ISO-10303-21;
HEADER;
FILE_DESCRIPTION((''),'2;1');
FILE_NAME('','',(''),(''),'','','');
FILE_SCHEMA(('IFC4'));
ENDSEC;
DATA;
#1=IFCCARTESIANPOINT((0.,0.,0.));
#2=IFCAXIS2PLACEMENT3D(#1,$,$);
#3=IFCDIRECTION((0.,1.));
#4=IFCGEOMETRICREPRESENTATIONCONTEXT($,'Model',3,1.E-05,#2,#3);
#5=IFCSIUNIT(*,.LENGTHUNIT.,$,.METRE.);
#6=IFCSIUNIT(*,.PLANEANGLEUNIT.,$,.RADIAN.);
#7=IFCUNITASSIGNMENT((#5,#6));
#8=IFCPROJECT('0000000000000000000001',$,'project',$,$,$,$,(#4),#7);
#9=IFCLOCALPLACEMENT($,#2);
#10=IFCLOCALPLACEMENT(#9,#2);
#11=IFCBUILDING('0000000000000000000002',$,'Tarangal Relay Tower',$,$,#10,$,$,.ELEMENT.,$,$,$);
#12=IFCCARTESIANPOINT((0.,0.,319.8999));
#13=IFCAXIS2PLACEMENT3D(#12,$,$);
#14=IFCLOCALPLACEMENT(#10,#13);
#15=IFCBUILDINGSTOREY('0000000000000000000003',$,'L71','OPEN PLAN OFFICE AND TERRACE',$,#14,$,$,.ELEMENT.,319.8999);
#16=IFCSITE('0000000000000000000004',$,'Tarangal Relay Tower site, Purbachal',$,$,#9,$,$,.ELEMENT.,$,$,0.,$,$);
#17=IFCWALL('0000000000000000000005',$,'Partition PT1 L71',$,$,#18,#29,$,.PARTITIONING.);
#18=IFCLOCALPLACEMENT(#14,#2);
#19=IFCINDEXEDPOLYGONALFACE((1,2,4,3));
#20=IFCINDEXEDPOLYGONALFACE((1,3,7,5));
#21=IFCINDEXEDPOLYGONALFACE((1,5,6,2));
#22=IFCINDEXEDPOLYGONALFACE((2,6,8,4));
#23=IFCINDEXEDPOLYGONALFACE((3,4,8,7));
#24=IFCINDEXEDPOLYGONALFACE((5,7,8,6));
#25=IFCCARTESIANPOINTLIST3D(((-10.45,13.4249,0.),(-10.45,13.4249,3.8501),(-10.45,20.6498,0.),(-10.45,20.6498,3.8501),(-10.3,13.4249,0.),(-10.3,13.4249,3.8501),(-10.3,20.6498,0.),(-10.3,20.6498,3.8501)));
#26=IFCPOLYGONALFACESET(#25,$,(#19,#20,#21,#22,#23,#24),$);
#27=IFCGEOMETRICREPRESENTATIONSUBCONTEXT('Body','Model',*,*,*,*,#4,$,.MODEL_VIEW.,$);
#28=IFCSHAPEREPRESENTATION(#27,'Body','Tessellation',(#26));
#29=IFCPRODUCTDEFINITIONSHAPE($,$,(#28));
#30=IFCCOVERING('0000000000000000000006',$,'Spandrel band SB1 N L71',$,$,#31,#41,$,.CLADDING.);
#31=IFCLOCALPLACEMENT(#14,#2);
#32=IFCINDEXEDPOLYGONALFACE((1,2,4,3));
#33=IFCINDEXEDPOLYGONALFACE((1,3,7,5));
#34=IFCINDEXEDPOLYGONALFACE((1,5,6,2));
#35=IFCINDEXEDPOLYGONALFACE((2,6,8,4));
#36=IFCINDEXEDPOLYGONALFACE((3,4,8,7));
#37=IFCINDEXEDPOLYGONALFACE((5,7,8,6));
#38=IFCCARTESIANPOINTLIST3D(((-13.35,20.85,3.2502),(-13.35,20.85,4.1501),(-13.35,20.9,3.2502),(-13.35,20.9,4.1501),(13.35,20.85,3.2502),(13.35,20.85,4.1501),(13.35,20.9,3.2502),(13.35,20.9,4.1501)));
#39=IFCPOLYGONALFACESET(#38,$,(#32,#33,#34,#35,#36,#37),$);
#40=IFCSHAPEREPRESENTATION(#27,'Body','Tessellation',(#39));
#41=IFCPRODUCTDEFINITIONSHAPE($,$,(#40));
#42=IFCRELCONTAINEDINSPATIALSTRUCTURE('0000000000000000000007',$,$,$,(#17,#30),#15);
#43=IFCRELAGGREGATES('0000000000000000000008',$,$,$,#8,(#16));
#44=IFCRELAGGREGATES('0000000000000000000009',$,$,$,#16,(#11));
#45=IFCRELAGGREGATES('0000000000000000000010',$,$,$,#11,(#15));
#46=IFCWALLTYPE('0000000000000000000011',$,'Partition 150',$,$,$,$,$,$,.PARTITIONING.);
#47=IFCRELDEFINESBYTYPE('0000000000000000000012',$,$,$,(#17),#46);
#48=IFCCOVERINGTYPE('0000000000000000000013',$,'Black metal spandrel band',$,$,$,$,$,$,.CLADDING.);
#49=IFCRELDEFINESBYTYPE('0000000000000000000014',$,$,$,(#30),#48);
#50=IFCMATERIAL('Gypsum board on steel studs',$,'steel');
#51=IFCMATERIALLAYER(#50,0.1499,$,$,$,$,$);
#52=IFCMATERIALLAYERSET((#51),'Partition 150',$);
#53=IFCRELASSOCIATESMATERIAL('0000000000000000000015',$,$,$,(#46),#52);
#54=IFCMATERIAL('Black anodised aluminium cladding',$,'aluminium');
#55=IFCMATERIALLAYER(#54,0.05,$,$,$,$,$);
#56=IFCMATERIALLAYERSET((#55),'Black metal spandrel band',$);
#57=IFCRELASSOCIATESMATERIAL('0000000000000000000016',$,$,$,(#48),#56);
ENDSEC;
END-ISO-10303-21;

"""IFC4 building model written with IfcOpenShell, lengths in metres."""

from ifc_helpers import new_model, si_unit, direction, frame, frame_2d, origin, origin_2d, place, context, subcontext, project, spatial, rectangle, extrude, material, layer, layer_set, type_object, element, save


model = new_model("IFC4")

# Units and contexts
model_context = context("Model", 3, precision=1e-05, world=origin(), true_north=direction((0.0, 1.0)))
body_context = subcontext(model_context, "Body", "Model", "MODEL_VIEW")
ifc_project = project(units=[si_unit("LENGTHUNIT", "METRE"), si_unit("PLANEANGLEUNIT", "RADIAN")], contexts=[model_context])

# Site, building, storey
site_placement = place(None, origin())
site = spatial("IfcSite", under=ifc_project, at=site_placement, Name="Tarangal Relay Tower site, Purbachal", CompositionType="ELEMENT", RefElevation=0.0)
building_placement = place(site_placement, origin())
building = spatial("IfcBuilding", under=site, at=building_placement, Name="Tarangal Relay Tower", CompositionType="ELEMENT")
storey_placement = place(building_placement, frame((0.0, 0.0, 319.8999)))
storey = spatial("IfcBuildingStorey", under=building, at=storey_placement, Name="L71", Description="OPEN PLAN OFFICE AND TERRACE", CompositionType="ELEMENT", Elevation=319.8999)

# Shared definitions
ifc_material_1 = material(Name="Gypsum board on steel studs", Category="steel")
ifc_layer_1 = layer(ifc_material_1, 0.1499)
ifc_layer_set_1 = layer_set([ifc_layer_1], Name="Partition 150")
wall_type_1 = type_object("IfcWallType", Name="Partition 150", PredefinedType="PARTITIONING", material=ifc_layer_set_1)

# Wall
wall_1_placement = place(storey_placement, frame((-10.375, 13.425, 0.0), z_axis=(0.0, 0.0, 1.0), x_axis=(0.0, 1.0, 0.0)))
element("IfcWall", 1, at=wall_1_placement, inside=storey, type_object=wall_type_1, Name="Partition PT1 L71", PredefinedType="PARTITIONING", context=body_context, shape_type="SweptSolid", body=[
    extrude(rectangle(XDim=7.2249, YDim=0.1499, at=frame_2d((3.6123, 0.0))), origin(), (0.0, 0.0, 1.0), 3.8501),
])

# Covering
ifc_material_2 = material(Name="Black anodised aluminium cladding", Category="aluminium")
ifc_layer_2 = layer(ifc_material_2, 0.05)
ifc_layer_set_2 = layer_set([ifc_layer_2], Name="Black metal spandrel band")
covering_type = type_object("IfcCoveringType", Name="Black metal spandrel band", PredefinedType="CLADDING", material=ifc_layer_set_2)
covering_placement = place(storey_placement, frame((0.0, 20.875, 3.2502), z_axis=(0.0, 0.0, 1.0), x_axis=(1.0, 0.0, 0.0)))
element("IfcCovering", 2, at=covering_placement, inside=storey, type_object=covering_type, Name="Spandrel band SB1 N L71", PredefinedType="CLADDING", context=body_context, shape_type="SweptSolid", body=[
    extrude(rectangle(XDim=26.7, YDim=0.05, at=origin_2d()), origin(), (0.0, 0.0, 1.0), 0.8999),
])

save(model, "model.ifc")
